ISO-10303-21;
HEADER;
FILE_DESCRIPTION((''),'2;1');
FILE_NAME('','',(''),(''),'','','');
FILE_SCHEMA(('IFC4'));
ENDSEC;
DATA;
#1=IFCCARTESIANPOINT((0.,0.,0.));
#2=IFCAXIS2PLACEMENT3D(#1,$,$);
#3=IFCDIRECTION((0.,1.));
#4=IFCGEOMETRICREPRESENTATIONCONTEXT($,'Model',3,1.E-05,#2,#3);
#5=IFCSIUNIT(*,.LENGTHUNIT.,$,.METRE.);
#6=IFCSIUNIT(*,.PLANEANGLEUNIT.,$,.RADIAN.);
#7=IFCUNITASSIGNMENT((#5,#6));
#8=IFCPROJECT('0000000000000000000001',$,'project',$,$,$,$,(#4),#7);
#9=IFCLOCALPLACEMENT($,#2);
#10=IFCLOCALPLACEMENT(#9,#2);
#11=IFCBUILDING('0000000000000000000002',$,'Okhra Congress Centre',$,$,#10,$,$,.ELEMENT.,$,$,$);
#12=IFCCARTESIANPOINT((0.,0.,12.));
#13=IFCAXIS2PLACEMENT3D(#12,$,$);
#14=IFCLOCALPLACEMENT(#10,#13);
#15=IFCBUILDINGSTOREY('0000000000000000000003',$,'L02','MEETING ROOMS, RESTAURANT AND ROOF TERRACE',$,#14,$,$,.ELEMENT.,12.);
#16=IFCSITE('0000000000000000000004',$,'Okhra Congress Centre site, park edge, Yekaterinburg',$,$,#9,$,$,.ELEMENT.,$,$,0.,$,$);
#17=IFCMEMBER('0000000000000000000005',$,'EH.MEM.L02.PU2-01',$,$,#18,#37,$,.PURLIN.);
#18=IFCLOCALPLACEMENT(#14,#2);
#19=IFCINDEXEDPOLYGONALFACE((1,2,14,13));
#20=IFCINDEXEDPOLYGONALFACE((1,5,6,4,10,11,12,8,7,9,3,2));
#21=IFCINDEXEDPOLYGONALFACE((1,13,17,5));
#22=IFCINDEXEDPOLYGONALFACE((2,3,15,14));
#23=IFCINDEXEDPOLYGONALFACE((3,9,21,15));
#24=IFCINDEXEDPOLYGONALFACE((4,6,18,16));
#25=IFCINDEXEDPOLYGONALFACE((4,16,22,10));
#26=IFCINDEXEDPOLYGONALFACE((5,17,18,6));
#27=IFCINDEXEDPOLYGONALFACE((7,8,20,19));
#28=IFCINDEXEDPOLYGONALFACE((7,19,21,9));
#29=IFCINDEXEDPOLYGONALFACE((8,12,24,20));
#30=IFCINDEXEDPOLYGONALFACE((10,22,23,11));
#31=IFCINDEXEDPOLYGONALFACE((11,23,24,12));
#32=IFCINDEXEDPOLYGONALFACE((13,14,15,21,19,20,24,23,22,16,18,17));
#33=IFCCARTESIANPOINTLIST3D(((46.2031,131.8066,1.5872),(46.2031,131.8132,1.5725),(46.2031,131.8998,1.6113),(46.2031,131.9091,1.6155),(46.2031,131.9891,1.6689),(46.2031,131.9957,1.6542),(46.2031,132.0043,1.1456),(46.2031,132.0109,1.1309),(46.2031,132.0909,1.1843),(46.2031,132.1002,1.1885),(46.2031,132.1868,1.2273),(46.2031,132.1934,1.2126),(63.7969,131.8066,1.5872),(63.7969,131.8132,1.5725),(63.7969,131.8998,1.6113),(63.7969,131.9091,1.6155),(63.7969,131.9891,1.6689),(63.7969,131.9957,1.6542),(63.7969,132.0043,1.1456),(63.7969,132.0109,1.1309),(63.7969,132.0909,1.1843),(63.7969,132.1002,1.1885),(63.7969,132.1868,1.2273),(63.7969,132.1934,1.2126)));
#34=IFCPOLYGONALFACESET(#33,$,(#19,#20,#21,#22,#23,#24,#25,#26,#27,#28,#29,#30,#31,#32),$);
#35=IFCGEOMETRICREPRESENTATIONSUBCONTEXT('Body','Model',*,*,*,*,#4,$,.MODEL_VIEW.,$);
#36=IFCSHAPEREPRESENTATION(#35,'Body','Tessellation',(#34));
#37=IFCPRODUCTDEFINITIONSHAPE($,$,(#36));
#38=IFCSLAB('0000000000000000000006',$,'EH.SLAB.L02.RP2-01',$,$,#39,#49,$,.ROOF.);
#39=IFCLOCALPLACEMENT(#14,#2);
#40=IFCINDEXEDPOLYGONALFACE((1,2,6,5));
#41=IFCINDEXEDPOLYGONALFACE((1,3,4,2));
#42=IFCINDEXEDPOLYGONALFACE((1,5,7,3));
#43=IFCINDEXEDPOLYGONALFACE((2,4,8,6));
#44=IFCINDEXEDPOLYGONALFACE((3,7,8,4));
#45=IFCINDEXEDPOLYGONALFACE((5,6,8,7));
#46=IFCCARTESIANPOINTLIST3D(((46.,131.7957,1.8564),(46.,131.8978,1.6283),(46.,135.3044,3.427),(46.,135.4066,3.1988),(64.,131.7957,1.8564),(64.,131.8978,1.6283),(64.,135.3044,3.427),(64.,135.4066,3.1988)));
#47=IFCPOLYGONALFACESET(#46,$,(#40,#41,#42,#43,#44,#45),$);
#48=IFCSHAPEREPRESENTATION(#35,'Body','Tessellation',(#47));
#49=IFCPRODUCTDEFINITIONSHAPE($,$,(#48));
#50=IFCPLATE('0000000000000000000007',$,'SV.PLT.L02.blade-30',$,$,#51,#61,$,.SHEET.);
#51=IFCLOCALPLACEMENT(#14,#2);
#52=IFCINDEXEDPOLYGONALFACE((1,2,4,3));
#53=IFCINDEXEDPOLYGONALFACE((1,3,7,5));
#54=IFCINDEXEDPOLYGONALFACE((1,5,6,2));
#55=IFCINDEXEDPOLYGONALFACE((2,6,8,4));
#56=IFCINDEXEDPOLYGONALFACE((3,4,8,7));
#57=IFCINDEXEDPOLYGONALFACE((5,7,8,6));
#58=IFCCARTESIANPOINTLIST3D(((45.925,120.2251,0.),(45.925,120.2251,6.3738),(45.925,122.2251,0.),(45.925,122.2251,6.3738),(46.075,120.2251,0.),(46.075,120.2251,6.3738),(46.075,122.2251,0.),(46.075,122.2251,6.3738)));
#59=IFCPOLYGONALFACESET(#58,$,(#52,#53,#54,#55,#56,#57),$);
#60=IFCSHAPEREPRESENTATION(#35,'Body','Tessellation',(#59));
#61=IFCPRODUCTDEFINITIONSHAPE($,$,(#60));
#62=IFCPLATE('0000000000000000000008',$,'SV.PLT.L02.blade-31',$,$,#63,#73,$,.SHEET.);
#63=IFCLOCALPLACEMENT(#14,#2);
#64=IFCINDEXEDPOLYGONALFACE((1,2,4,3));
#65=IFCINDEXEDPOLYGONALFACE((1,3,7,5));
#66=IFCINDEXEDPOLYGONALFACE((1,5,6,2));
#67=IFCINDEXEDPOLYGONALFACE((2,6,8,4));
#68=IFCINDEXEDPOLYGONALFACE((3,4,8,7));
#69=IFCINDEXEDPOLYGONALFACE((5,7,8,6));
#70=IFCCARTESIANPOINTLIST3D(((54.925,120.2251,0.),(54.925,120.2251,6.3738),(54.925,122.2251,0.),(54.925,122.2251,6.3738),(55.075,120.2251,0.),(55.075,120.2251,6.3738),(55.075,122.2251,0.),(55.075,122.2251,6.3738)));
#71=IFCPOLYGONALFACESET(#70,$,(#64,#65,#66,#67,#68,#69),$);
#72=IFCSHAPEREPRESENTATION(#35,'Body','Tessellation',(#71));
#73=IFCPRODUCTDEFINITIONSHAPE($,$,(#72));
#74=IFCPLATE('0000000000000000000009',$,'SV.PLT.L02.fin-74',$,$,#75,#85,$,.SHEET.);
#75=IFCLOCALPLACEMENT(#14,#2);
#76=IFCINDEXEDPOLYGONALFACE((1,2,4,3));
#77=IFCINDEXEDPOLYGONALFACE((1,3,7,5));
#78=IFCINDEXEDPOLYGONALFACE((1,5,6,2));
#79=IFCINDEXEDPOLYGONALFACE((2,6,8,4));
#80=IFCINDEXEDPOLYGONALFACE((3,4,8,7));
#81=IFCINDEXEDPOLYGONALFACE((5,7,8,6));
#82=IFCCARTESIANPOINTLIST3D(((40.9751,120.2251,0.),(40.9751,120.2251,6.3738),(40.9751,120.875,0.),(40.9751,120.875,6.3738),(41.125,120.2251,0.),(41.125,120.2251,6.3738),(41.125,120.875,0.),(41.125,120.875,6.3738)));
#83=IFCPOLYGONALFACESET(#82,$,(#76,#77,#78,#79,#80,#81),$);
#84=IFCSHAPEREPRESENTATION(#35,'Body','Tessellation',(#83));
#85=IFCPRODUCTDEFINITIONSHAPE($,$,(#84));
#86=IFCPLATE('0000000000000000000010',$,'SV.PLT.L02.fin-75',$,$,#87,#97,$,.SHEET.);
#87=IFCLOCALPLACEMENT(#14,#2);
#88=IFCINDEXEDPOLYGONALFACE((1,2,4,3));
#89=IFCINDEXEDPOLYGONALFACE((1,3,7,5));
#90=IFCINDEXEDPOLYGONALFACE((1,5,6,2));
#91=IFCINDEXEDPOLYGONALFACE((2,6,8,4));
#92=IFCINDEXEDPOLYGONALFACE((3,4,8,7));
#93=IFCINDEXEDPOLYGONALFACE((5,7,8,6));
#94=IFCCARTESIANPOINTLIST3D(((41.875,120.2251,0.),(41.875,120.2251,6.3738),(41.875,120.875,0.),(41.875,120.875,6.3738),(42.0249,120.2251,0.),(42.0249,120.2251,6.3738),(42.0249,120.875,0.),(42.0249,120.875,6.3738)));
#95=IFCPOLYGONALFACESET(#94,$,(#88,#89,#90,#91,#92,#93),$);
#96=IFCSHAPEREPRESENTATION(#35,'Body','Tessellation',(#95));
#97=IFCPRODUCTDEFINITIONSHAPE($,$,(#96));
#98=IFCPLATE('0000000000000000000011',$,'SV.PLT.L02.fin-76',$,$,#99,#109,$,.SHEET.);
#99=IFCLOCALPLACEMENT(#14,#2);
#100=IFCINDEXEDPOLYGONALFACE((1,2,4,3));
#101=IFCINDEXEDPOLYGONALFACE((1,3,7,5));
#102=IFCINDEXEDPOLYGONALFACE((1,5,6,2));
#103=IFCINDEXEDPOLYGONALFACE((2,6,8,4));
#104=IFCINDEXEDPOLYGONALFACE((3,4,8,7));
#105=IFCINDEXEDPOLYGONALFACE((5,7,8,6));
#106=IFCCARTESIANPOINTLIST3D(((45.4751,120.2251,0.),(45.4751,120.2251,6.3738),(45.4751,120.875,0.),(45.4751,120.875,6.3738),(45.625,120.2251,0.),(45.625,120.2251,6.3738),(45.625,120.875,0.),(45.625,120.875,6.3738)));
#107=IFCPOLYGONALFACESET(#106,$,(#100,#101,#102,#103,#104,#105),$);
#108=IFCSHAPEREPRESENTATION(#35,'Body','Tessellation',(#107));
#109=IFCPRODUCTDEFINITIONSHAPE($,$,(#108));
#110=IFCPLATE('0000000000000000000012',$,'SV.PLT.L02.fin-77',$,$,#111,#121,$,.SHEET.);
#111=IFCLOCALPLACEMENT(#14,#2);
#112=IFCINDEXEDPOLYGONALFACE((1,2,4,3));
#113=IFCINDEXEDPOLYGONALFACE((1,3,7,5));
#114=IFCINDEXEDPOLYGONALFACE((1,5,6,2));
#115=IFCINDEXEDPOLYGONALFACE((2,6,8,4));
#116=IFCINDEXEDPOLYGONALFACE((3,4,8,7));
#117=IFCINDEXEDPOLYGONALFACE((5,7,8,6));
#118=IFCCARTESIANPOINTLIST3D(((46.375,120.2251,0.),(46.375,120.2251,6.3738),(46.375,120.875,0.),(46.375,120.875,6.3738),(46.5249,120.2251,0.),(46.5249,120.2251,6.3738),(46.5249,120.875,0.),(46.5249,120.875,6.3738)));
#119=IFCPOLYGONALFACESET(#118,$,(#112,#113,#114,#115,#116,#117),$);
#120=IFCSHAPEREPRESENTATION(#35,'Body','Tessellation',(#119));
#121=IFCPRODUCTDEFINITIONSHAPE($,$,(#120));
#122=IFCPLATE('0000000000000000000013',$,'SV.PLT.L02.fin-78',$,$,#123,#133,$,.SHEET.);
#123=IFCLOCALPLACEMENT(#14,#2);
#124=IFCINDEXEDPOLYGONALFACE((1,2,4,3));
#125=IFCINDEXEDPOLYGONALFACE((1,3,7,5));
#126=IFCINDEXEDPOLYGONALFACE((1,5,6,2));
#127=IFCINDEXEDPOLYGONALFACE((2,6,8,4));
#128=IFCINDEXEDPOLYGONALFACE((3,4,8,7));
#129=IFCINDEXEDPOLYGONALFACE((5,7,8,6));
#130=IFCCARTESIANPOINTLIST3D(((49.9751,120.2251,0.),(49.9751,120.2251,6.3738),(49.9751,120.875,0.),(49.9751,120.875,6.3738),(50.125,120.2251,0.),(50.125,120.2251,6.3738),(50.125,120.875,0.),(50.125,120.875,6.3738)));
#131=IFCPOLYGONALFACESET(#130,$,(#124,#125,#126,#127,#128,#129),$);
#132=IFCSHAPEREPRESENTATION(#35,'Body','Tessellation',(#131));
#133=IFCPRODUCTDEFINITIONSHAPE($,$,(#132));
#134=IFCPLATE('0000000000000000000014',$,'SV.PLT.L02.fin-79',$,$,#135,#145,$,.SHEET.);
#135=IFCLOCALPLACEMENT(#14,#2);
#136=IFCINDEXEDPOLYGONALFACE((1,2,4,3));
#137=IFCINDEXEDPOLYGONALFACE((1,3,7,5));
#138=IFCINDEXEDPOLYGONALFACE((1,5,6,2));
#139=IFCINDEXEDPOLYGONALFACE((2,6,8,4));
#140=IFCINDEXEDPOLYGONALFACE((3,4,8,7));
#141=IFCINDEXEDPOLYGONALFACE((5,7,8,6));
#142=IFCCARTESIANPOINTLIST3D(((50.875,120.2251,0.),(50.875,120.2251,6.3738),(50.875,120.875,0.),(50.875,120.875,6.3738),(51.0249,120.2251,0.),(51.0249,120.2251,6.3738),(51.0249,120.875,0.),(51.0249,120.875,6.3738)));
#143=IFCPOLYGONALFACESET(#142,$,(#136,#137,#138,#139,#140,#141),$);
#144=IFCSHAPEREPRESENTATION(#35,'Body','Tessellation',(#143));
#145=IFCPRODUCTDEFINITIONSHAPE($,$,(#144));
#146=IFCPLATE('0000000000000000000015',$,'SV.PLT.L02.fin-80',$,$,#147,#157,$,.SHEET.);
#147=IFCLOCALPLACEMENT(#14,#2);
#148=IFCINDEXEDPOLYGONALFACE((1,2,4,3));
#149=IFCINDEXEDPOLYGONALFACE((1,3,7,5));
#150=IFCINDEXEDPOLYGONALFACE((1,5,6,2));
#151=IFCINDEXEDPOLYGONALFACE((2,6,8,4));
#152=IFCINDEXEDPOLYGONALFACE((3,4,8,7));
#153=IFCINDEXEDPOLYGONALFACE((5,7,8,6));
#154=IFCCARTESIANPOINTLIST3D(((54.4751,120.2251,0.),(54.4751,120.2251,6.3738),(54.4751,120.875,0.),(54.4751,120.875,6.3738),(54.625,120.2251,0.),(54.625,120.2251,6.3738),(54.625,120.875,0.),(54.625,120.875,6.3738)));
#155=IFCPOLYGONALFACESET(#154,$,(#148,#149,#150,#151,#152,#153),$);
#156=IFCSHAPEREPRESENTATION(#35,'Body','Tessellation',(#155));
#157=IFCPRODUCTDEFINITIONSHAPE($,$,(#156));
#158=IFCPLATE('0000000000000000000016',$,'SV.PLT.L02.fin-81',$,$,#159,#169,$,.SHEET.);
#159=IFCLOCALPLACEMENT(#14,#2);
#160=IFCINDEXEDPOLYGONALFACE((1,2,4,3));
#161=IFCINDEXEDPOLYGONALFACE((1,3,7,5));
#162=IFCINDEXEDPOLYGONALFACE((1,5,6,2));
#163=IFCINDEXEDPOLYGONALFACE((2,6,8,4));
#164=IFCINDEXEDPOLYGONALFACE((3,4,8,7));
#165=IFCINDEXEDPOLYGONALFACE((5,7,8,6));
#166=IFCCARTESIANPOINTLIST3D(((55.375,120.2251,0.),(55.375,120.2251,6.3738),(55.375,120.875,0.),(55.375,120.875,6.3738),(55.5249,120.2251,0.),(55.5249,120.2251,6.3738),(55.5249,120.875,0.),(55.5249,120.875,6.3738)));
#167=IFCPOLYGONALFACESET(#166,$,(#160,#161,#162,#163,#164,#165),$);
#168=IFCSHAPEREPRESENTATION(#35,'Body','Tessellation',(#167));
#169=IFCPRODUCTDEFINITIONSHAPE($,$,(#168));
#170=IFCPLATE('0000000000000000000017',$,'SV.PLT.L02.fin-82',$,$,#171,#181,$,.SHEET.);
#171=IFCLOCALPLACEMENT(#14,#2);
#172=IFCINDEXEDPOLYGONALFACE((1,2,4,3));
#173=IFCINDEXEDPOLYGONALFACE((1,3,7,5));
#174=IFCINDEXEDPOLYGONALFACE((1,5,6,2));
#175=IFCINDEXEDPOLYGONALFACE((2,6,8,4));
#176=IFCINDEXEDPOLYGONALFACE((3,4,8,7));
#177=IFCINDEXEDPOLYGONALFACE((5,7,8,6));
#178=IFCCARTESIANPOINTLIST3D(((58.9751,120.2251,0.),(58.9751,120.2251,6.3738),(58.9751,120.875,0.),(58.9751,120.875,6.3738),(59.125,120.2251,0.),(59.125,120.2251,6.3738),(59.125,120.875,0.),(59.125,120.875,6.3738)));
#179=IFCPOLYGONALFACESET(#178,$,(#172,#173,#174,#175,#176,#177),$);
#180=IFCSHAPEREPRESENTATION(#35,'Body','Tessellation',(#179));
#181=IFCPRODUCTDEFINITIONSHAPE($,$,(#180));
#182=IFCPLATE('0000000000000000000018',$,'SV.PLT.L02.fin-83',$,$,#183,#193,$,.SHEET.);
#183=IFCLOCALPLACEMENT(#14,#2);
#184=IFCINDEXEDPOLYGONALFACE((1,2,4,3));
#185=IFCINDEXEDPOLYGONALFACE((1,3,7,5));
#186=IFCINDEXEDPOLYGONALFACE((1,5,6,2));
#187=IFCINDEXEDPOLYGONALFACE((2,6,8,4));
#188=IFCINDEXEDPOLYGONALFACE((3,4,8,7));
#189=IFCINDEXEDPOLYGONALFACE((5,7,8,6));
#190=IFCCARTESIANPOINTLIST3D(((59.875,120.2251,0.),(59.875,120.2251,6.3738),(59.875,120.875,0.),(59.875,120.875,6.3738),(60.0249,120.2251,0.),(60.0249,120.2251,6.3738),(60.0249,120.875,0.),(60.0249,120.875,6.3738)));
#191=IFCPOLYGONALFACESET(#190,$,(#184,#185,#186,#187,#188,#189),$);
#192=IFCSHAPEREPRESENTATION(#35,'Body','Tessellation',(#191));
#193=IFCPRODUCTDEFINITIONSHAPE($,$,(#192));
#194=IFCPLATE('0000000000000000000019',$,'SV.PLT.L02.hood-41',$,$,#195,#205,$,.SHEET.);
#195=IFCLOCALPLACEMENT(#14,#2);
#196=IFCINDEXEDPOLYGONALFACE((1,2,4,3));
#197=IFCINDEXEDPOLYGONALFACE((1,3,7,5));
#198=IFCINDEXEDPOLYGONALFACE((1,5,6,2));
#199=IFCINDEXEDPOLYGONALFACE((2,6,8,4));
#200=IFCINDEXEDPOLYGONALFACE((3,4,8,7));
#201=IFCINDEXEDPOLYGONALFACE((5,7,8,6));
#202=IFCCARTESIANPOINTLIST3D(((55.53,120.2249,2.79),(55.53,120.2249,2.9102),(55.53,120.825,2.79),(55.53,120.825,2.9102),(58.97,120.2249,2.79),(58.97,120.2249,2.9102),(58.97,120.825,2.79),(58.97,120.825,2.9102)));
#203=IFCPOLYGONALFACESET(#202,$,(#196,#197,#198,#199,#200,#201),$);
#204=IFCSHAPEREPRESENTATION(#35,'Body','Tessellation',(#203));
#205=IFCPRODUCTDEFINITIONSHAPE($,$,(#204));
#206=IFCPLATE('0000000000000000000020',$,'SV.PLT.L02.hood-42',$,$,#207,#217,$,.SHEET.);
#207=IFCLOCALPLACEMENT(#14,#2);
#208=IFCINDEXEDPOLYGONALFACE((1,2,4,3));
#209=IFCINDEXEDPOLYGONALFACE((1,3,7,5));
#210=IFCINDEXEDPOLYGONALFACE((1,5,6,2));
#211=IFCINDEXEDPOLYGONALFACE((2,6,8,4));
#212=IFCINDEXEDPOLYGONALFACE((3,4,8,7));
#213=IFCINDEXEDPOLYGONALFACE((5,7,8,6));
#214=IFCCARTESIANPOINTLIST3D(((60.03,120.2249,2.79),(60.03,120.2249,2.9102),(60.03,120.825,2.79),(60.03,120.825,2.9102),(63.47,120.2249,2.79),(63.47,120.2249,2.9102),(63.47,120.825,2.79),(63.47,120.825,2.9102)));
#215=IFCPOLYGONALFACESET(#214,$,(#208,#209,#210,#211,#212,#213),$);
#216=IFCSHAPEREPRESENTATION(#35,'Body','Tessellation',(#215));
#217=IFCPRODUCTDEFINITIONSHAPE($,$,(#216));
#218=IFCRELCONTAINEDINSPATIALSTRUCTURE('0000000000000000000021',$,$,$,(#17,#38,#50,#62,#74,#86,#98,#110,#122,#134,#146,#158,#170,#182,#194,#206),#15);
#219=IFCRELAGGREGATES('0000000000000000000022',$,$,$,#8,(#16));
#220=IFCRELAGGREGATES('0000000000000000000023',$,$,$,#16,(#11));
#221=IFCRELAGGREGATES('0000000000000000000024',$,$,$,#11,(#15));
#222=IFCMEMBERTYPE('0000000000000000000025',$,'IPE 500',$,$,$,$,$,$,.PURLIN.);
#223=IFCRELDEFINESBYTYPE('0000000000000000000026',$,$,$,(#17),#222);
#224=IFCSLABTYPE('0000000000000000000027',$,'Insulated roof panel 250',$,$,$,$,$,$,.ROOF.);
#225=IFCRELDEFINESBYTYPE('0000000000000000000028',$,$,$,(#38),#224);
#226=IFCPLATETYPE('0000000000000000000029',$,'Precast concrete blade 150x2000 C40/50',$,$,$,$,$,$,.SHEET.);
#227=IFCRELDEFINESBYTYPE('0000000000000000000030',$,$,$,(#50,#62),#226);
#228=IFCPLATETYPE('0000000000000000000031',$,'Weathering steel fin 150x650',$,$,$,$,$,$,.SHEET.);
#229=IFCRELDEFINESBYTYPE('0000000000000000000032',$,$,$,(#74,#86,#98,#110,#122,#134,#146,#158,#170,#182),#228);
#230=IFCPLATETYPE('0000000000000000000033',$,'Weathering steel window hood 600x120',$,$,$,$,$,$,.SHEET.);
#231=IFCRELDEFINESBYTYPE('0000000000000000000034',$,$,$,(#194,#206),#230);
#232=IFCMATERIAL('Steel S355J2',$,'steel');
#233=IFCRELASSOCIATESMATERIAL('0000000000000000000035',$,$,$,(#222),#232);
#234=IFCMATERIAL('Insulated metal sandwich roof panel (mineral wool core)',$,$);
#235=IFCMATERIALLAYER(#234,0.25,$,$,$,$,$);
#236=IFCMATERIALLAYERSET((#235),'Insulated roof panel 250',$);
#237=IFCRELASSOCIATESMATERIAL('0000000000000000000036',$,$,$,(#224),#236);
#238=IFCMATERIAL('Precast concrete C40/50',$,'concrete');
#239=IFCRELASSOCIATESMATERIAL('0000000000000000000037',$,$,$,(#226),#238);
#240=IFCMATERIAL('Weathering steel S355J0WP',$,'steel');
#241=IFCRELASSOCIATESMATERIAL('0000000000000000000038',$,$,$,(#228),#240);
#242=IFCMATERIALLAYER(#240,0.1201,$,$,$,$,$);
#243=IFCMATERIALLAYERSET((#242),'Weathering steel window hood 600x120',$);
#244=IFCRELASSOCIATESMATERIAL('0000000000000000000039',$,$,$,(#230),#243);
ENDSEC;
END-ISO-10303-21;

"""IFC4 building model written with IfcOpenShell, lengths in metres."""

from ifc_helpers import new_model, si_unit, direction, frame, origin, origin_2d, place, context, subcontext, project, spatial, polyline, rectangle, i_section, outline, extrude, material, layer, layer_set, material_profile, profile_set, type_object, element, save


model = new_model("IFC4")

# Units and contexts
model_context = context("Model", 3, precision=1e-05, world=origin(), true_north=direction((0.0, 1.0)))
body_context = subcontext(model_context, "Body", "Model", "MODEL_VIEW")
ifc_project = project(units=[si_unit("LENGTHUNIT", "METRE"), si_unit("PLANEANGLEUNIT", "RADIAN")], contexts=[model_context])

# Site, building, storey
site_placement = place(None, origin())
site = spatial("IfcSite", under=ifc_project, at=site_placement, Name="Okhra Congress Centre site, park edge, Yekaterinburg", CompositionType="ELEMENT", RefElevation=0.0)
building_placement = place(site_placement, origin())
building = spatial("IfcBuilding", under=site, at=building_placement, Name="Okhra Congress Centre", CompositionType="ELEMENT")
storey_placement = place(building_placement, frame((0.0, 0.0, 12.0)))
storey = spatial("IfcBuildingStorey", under=building, at=storey_placement, Name="L02", Description="MEETING ROOMS, RESTAURANT AND ROOF TERRACE", CompositionType="ELEMENT", Elevation=12.0)

# Member
ifc_material_1 = material(Name="Steel S355J2", Category="steel")
ifc_material_profile_1 = material_profile(ifc_material_1, i_section(OverallWidth=0.2, OverallDepth=0.5, WebThickness=0.0103, FlangeThickness=0.0161, at=origin_2d()), Name="IPE 500")
ifc_profile_set_1 = profile_set([ifc_material_profile_1], Name="Steel S355J2")
member_type_1 = type_object("IfcMemberType", Name="IPE 500", PredefinedType="PURLIN", material=ifc_profile_set_1)
member_1_placement = place(storey_placement, frame((46.2031, 132.0, 1.3999), z_axis=(1.0, 0.0, 0.0), x_axis=(0.0, 0.912721, 0.408583)))
element("IfcMember", 1, at=member_1_placement, inside=storey, type_object=member_type_1, Name="EH.MEM.L02.PU2-01", PredefinedType="PURLIN", context=body_context, shape_type="SweptSolid", body=[
    extrude(i_section(OverallWidth=0.2, OverallDepth=0.5, WebThickness=0.0103, FlangeThickness=0.0161, at=origin_2d()), origin(), (0.0, 0.0, 1.0), 17.5938),
])

# Slab
ifc_material_2 = material(Name="Insulated metal sandwich roof panel (mineral wool core)")
ifc_layer_1 = layer(ifc_material_2, 0.25)
ifc_layer_set_1 = layer_set([ifc_layer_1], Name="Insulated roof panel 250")
slab_type = type_object("IfcSlabType", Name="Insulated roof panel 250", PredefinedType="ROOF", material=ifc_layer_set_1)
slab_placement = place(storey_placement, frame((46.0, 131.7957, 1.8564), z_axis=(0.0, -0.408547, 0.912737), x_axis=(1.0, 0.0, 0.0)))
element("IfcSlab", 2, at=slab_placement, inside=storey, type_object=slab_type, Name="EH.SLAB.L02.RP2-01", PredefinedType="ROOF", context=body_context, shape_type="SweptSolid", body=[
    extrude(outline(polyline([(0.0, 0.0), (18.0, 0.0), (18.0, 3.8442), (0.0, 3.8442), (0.0, 0.0)])), origin(), (0.0, 0.0, -1.0), 0.25),
])

# Plates
ifc_material_3 = material(Name="Precast concrete C40/50", Category="concrete")
plate_type_1 = type_object("IfcPlateType", Name="Precast concrete blade 150x2000 C40/50", PredefinedType="SHEET", material=ifc_material_3)
for number, where, z_axis, x_axis, name in (
    (3, (46.0, 121.2251, 0.0), (0.0, 0.0, 1.0), (-1.0, 0.0, 0.0), "SV.PLT.L02.blade-30"),
    (4, (55.0, 121.2251, 0.0), (0.0, 0.0, 1.0), (-1.0, 0.0, 0.0), "SV.PLT.L02.blade-31"),
):
    element("IfcPlate", number, at=place(storey_placement, frame(where, z_axis=z_axis, x_axis=x_axis)), inside=storey, type_object=plate_type_1, Name=name, PredefinedType="SHEET", context=body_context, shape_type="SweptSolid", body=[
        extrude(rectangle(XDim=0.1499, YDim=2.0, at=origin_2d()), origin(), (0.0, 0.0, 1.0), 6.3738),
    ])
ifc_material_4 = material(Name="Weathering steel S355J0WP", Category="steel")
plate_type_2 = type_object("IfcPlateType", Name="Weathering steel fin 150x650", PredefinedType="SHEET", material=ifc_material_4)
for number, where, z_axis, x_axis, name in (
    (5, (41.05, 120.55, 0.0), (0.0, 0.0, 1.0), (-1.0, 0.0, 0.0), "SV.PLT.L02.fin-74"),
    (6, (41.95, 120.55, 0.0), (0.0, 0.0, 1.0), (-1.0, 0.0, 0.0), "SV.PLT.L02.fin-75"),
    (7, (45.55, 120.55, 0.0), (0.0, 0.0, 1.0), (-1.0, 0.0, 0.0), "SV.PLT.L02.fin-76"),
    (8, (46.45, 120.55, 0.0), (0.0, 0.0, 1.0), (-1.0, 0.0, 0.0), "SV.PLT.L02.fin-77"),
    (9, (50.05, 120.55, 0.0), (0.0, 0.0, 1.0), (-1.0, 0.0, 0.0), "SV.PLT.L02.fin-78"),
    (10, (50.95, 120.55, 0.0), (0.0, 0.0, 1.0), (-1.0, 0.0, 0.0), "SV.PLT.L02.fin-79"),
    (11, (54.55, 120.55, 0.0), (0.0, 0.0, 1.0), (-1.0, 0.0, 0.0), "SV.PLT.L02.fin-80"),
    (12, (55.45, 120.55, 0.0), (0.0, 0.0, 1.0), (-1.0, 0.0, 0.0), "SV.PLT.L02.fin-81"),
    (13, (59.05, 120.55, 0.0), (0.0, 0.0, 1.0), (-1.0, 0.0, 0.0), "SV.PLT.L02.fin-82"),
    (14, (59.95, 120.55, 0.0), (0.0, 0.0, 1.0), (-1.0, 0.0, 0.0), "SV.PLT.L02.fin-83"),
):
    element("IfcPlate", number, at=place(storey_placement, frame(where, z_axis=z_axis, x_axis=x_axis)), inside=storey, type_object=plate_type_2, Name=name, PredefinedType="SHEET", context=body_context, shape_type="SweptSolid", body=[
        extrude(rectangle(XDim=0.1499, YDim=0.6499, at=origin_2d()), origin(), (0.0, 0.0, 1.0), 6.3738),
    ])
ifc_layer_2 = layer(ifc_material_4, 0.1201)
ifc_layer_set_2 = layer_set([ifc_layer_2], Name="Weathering steel window hood 600x120")
plate_type_3 = type_object("IfcPlateType", Name="Weathering steel window hood 600x120", PredefinedType="SHEET", material=ifc_layer_set_2)
for number, where, z_axis, x_axis, name in (
    (15, (57.25, 120.5249, 2.79), (0.0, 0.0, 1.0), (-1.0, 0.0, 0.0), "SV.PLT.L02.hood-41"),
    (16, (61.75, 120.5249, 2.79), (0.0, 0.0, 1.0), (-1.0, 0.0, 0.0), "SV.PLT.L02.hood-42"),
):
    element("IfcPlate", number, at=place(storey_placement, frame(where, z_axis=z_axis, x_axis=x_axis)), inside=storey, type_object=plate_type_3, Name=name, PredefinedType="SHEET", context=body_context, shape_type="SweptSolid", body=[
        extrude(rectangle(XDim=3.4399, YDim=0.6001, at=origin_2d()), origin(), (0.0, 0.0, 1.0), 0.1201),
    ])

save(model, "model.ifc")
